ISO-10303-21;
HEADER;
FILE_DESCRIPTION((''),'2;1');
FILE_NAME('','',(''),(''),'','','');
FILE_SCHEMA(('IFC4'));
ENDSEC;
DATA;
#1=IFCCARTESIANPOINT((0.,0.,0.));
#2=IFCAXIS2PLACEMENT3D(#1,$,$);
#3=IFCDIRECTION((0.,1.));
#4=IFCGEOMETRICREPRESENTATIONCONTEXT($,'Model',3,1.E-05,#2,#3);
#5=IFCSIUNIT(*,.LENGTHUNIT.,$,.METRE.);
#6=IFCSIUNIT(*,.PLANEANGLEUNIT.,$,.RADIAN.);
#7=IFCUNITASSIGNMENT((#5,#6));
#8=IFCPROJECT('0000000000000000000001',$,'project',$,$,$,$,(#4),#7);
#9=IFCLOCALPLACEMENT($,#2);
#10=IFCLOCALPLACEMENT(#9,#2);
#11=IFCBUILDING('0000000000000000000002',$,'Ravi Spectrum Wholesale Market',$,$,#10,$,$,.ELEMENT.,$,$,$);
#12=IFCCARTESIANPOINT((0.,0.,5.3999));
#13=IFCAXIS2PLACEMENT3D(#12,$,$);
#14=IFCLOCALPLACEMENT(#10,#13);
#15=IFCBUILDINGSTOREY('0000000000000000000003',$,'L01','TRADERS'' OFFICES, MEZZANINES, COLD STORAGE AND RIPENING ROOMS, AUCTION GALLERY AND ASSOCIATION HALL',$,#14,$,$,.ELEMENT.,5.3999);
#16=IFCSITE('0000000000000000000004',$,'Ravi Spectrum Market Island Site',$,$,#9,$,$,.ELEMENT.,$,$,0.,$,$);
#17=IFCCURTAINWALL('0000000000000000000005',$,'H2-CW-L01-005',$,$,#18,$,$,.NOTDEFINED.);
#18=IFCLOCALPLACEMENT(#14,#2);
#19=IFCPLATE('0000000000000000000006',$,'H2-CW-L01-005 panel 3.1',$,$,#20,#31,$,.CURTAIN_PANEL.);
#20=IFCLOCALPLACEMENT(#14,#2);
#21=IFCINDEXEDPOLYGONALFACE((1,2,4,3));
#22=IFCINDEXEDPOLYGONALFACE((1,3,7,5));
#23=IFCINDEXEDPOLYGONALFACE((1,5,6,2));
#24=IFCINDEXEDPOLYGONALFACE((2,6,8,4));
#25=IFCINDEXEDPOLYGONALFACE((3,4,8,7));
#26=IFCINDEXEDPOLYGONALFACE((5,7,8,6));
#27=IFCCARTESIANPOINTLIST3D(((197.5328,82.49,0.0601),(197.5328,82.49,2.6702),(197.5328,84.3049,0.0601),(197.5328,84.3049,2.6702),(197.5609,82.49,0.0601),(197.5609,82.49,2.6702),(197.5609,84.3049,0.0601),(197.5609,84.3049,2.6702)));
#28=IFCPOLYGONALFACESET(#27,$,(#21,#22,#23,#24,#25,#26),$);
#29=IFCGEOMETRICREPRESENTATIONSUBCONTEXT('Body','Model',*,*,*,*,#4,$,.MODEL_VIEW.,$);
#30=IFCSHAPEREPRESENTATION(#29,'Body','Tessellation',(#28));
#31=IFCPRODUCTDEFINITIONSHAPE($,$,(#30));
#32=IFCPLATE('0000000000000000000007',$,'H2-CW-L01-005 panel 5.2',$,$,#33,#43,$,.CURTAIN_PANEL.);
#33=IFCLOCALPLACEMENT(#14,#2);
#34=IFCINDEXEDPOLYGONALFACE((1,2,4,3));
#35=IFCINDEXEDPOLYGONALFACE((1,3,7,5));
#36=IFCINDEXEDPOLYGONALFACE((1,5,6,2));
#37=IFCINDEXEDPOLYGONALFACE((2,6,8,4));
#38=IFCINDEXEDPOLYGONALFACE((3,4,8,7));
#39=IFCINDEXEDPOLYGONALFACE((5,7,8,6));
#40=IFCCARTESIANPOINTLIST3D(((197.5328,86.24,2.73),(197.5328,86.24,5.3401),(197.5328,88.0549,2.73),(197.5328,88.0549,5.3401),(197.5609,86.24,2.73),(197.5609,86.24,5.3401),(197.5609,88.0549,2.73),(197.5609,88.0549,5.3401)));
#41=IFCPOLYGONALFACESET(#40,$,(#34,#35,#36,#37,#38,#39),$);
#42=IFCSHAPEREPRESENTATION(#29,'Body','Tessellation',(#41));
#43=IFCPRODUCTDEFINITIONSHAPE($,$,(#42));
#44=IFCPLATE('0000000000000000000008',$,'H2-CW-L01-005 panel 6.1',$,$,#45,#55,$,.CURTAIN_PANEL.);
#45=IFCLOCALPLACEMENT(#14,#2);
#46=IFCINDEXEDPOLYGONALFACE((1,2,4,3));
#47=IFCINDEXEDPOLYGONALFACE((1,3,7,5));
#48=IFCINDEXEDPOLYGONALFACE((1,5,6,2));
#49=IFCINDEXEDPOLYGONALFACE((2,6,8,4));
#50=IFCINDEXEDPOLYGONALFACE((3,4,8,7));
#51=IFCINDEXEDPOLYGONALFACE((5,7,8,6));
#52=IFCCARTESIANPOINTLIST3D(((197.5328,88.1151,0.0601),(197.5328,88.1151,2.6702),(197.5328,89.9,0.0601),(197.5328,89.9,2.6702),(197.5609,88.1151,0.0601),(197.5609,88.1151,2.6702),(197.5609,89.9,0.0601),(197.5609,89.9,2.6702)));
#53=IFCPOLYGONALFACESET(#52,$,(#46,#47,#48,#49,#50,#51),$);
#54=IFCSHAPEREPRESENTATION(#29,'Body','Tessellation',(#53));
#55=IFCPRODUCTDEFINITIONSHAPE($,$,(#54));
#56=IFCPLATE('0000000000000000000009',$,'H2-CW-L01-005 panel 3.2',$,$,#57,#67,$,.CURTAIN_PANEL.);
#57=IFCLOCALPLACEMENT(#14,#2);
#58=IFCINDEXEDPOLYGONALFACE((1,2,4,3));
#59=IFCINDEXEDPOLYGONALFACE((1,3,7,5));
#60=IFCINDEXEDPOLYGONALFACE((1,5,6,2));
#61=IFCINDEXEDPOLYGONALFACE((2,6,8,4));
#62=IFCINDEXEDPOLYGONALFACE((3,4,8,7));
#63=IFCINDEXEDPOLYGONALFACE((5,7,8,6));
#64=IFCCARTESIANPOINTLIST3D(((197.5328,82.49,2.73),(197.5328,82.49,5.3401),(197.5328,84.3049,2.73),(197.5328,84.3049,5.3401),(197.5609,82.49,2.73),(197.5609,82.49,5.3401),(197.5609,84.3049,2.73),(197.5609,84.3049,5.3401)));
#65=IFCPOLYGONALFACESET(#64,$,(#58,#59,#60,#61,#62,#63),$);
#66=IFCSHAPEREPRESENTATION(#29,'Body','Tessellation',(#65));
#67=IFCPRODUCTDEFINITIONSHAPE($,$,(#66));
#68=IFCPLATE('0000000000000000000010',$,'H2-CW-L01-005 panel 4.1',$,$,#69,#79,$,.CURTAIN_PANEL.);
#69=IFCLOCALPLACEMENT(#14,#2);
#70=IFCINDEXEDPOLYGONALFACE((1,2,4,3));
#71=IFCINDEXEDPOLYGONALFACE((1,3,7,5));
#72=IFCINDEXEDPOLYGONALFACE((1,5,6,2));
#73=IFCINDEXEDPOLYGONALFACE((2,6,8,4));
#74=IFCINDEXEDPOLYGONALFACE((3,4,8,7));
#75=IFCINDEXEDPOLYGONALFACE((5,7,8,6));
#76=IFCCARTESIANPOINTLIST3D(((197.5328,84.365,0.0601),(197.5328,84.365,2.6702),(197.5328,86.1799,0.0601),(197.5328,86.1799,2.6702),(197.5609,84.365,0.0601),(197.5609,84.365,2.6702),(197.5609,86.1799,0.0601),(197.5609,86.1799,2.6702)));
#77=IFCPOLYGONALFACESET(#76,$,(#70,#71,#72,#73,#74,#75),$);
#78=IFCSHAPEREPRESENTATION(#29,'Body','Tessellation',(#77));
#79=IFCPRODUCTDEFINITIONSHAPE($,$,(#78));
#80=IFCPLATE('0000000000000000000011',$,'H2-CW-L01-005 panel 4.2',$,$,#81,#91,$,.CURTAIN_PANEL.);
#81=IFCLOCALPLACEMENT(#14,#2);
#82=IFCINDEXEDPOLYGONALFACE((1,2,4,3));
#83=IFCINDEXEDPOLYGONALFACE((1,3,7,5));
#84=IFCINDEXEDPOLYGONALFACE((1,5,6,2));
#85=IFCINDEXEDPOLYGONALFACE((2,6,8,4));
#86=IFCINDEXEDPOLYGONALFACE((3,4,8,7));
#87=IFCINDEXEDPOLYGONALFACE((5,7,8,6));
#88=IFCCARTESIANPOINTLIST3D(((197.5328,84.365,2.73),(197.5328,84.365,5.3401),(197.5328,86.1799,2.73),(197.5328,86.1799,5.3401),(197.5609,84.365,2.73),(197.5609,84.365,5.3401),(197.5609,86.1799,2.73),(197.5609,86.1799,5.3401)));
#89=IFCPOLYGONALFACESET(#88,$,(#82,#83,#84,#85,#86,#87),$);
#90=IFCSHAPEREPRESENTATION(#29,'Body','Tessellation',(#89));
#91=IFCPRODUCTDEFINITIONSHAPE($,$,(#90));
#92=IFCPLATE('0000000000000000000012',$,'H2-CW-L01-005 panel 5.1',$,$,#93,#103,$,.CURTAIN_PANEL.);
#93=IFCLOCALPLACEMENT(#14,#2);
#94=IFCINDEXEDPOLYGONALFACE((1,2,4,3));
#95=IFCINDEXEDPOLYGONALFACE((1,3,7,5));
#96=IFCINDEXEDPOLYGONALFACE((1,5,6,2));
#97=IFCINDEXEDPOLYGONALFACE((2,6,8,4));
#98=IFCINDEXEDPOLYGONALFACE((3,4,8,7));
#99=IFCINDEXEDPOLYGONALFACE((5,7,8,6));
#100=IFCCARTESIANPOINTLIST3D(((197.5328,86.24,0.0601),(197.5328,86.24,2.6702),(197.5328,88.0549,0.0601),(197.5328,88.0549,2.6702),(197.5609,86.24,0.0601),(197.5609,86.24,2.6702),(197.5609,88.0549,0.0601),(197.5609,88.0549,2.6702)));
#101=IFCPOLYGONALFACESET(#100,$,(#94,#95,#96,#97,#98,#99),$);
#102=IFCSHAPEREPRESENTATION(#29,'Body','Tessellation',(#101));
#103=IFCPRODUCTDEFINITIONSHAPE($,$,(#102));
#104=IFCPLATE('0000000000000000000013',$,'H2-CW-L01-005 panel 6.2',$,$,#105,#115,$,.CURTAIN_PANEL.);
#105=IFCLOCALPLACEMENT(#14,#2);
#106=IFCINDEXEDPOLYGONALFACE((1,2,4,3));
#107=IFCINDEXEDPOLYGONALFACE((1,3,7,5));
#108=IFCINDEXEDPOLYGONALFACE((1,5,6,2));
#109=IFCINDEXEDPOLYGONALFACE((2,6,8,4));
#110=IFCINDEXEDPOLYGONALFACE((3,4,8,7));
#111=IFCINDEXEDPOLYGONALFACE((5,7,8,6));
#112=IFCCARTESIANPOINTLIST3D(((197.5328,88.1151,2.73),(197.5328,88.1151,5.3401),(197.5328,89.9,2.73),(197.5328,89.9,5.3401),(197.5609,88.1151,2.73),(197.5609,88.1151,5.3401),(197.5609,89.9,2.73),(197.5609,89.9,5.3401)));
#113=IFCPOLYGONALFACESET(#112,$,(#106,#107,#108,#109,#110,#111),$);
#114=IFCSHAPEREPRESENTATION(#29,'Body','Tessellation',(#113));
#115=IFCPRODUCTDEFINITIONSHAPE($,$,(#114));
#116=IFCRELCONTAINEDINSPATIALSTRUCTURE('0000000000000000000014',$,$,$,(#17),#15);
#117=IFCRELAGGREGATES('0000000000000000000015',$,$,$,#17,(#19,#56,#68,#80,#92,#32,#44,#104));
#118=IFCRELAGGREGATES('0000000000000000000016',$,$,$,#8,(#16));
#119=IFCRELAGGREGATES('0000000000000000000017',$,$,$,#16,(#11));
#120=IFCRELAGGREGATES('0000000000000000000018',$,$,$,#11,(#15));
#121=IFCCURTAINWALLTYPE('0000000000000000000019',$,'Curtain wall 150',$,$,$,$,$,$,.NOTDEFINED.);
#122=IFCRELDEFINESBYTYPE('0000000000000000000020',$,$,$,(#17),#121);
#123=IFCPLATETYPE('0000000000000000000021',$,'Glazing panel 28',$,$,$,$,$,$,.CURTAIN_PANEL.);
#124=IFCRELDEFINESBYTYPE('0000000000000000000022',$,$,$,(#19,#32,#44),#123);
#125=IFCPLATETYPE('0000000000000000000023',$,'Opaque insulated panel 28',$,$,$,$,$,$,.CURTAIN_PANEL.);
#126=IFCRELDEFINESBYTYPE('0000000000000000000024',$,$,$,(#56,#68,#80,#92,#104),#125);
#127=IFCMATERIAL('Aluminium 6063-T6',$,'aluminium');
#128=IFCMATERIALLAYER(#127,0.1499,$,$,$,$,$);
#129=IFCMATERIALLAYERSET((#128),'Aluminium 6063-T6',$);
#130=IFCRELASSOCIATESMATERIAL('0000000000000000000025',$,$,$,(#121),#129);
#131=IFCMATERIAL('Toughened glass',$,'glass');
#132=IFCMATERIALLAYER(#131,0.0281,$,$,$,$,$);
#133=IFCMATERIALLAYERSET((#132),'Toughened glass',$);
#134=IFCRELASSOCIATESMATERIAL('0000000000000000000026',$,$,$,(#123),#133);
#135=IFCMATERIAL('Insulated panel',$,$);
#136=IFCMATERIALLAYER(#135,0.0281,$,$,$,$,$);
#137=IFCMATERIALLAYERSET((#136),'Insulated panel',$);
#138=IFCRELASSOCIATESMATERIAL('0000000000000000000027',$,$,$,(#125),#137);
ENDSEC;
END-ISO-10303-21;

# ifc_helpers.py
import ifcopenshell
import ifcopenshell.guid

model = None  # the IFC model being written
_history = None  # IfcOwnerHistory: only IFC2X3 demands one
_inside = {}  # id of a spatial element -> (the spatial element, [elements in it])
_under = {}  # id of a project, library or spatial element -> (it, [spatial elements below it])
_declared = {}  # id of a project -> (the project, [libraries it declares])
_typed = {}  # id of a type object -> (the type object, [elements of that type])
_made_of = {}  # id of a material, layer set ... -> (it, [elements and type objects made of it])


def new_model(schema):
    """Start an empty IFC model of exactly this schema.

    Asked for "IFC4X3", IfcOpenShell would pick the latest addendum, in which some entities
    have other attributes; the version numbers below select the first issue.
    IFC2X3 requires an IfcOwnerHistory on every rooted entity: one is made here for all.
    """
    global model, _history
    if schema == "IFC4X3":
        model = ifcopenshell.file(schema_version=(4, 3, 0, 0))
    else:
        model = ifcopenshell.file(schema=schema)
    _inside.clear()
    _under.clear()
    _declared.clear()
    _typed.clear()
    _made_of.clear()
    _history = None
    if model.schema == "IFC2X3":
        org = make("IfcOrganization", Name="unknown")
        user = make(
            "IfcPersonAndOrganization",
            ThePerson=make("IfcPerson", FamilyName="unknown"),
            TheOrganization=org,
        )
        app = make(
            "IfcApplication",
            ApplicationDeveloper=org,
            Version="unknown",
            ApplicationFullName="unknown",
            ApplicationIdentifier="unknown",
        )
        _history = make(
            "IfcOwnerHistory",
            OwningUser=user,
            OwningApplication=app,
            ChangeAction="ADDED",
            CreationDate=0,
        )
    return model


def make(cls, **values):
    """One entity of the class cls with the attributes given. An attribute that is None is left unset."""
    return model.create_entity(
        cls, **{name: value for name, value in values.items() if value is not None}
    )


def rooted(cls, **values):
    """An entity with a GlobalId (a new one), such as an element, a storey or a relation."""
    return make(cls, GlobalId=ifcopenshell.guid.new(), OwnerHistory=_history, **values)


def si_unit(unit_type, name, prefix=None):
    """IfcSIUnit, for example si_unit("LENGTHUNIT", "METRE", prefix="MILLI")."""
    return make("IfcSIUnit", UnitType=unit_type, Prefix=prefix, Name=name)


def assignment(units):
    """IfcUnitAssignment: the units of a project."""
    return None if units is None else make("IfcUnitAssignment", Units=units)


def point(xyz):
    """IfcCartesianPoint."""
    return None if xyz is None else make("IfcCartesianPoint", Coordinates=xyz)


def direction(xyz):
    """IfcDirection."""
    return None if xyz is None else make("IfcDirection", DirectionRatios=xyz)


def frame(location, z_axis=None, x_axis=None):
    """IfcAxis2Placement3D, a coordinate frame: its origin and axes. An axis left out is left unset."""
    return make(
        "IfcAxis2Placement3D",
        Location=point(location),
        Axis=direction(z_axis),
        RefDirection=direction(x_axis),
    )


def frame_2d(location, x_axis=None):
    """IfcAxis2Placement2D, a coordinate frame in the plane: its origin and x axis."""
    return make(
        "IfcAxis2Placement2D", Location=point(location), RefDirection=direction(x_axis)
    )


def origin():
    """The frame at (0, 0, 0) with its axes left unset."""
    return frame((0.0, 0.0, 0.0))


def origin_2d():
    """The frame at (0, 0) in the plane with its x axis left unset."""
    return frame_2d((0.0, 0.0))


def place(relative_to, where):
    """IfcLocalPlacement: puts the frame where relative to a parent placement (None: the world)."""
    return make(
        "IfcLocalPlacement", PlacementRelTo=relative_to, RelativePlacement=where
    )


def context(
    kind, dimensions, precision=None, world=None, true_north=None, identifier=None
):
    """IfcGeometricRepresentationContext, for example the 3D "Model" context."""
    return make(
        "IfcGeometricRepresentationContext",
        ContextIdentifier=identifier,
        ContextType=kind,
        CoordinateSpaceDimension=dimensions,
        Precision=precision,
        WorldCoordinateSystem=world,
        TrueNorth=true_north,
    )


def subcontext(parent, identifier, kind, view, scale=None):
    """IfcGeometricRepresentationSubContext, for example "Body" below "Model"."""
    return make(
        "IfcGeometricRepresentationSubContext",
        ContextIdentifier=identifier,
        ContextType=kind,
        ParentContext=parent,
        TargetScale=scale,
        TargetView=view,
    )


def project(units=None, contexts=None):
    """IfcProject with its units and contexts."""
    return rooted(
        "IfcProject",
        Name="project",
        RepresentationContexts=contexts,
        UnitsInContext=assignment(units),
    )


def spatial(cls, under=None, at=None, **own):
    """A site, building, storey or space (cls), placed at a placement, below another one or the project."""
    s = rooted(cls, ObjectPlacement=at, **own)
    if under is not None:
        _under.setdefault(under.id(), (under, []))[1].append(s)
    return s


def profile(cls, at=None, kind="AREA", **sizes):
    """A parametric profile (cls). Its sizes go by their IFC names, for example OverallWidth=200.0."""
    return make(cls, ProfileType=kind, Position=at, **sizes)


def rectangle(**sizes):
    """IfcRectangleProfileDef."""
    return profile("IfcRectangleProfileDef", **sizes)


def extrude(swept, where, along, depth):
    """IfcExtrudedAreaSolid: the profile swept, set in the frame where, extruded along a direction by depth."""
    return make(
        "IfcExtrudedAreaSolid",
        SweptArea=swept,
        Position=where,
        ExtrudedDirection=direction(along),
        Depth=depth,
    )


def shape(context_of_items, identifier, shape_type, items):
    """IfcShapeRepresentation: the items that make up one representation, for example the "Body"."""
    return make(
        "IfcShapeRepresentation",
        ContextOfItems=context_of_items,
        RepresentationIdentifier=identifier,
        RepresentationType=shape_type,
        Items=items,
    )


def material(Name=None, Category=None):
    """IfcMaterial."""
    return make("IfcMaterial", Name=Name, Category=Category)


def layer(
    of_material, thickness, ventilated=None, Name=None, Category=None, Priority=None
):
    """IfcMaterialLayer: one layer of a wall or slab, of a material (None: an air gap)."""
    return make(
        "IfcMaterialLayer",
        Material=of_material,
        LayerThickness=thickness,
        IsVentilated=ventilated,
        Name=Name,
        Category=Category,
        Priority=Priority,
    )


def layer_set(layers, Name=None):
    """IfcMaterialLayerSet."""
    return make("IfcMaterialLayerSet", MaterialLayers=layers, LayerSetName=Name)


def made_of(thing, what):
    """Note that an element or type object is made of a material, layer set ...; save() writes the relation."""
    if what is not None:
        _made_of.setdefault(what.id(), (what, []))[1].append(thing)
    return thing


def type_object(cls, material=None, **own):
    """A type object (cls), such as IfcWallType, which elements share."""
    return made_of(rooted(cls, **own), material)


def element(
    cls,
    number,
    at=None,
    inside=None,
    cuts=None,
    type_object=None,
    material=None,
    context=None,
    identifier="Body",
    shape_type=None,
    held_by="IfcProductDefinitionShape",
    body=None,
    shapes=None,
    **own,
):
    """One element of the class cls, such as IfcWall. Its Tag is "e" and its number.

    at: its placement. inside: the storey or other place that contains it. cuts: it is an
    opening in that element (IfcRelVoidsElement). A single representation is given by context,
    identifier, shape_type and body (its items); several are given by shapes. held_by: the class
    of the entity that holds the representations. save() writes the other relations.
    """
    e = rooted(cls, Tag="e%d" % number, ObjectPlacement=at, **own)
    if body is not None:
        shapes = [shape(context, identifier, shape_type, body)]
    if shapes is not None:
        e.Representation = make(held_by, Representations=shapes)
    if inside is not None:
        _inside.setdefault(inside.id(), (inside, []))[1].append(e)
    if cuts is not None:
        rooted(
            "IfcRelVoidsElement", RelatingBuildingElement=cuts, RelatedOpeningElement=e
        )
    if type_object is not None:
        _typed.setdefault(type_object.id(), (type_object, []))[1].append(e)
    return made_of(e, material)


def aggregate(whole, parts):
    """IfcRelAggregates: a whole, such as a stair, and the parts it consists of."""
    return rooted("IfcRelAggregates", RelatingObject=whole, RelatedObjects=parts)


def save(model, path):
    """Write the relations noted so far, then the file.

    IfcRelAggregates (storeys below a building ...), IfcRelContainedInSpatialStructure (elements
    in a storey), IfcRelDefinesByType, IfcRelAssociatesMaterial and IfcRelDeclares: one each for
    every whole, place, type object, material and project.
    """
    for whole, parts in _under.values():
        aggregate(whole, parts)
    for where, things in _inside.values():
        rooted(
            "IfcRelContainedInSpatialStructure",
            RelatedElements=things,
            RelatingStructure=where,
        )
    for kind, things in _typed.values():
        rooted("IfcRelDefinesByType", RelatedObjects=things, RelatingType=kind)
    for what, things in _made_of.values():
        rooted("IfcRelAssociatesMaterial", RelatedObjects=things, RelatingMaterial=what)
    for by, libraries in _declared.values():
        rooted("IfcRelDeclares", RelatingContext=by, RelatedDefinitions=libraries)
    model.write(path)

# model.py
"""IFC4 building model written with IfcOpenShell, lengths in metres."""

from ifc_helpers import new_model, si_unit, direction, frame, origin, origin_2d, place, context, subcontext, project, spatial, rectangle, extrude, material, layer, layer_set, type_object, element, aggregate, save


model = new_model("IFC4")

# Units and contexts
model_context = context("Model", 3, precision=1e-05, world=origin(), true_north=direction((0.0, 1.0)))
body_context = subcontext(model_context, "Body", "Model", "MODEL_VIEW")
ifc_project = project(units=[si_unit("LENGTHUNIT", "METRE"), si_unit("PLANEANGLEUNIT", "RADIAN")], contexts=[model_context])

# Site, building, storey
site_placement = place(None, origin())
site = spatial("IfcSite", under=ifc_project, at=site_placement, Name="Ravi Spectrum Market Island Site", CompositionType="ELEMENT", RefElevation=0.0)
building_placement = place(site_placement, origin())
building = spatial("IfcBuilding", under=site, at=building_placement, Name="Ravi Spectrum Wholesale Market", CompositionType="ELEMENT")
storey_placement = place(building_placement, frame((0.0, 0.0, 5.3999)))
storey = spatial("IfcBuildingStorey", under=building, at=storey_placement, Name="L01", Description="TRADERS' OFFICES, MEZZANINES, COLD STORAGE AND RIPENING ROOMS, AUCTION GALLERY AND ASSOCIATION HALL", CompositionType="ELEMENT", Elevation=5.3999)

# Curtain wall
ifc_material_1 = material(Name="Aluminium 6063-T6", Category="aluminium")
ifc_layer_1 = layer(ifc_material_1, 0.1499)
ifc_layer_set_1 = layer_set([ifc_layer_1], Name="Aluminium 6063-T6")
curtain_wall_type = type_object("IfcCurtainWallType", Name="Curtain wall 150", PredefinedType="NOTDEFINED", material=ifc_layer_set_1)
curtain_wall_1_placement = place(storey_placement, origin())
curtain_wall_1 = element("IfcCurtainWall", 1, at=curtain_wall_1_placement, inside=storey, type_object=curtain_wall_type, Name="H2-CW-L01-005", PredefinedType="NOTDEFINED")

# Plates
ifc_material_2 = material(Name="Toughened glass", Category="glass")
ifc_layer_2 = layer(ifc_material_2, 0.0281)
ifc_layer_set_2 = layer_set([ifc_layer_2], Name="Toughened glass")
plate_type_1 = type_object("IfcPlateType", Name="Glazing panel 28", PredefinedType="CURTAIN_PANEL", material=ifc_layer_set_2)
plate_1_placement = place(storey_placement, frame((197.5469, 83.3975, 0.0601), z_axis=(0.0, 0.0, 1.0), x_axis=(0.0, 1.0, 0.0)))
plate_1 = element("IfcPlate", 2, at=plate_1_placement, type_object=plate_type_1, Name="H2-CW-L01-005 panel 3.1", PredefinedType="CURTAIN_PANEL", context=body_context, shape_type="SweptSolid", body=[
    extrude(rectangle(XDim=1.8149, YDim=0.0281, at=origin_2d()), origin(), (0.0, 0.0, 1.0), 2.6101),
])
plate_2_placement = place(storey_placement, frame((197.5469, 87.1475, 2.73), z_axis=(0.0, 0.0, 1.0), x_axis=(0.0, 1.0, 0.0)))
plate_2 = element("IfcPlate", 3, at=plate_2_placement, type_object=plate_type_1, Name="H2-CW-L01-005 panel 5.2", PredefinedType="CURTAIN_PANEL", context=body_context, shape_type="SweptSolid", body=[
    extrude(rectangle(XDim=1.8149, YDim=0.0281, at=origin_2d()), origin(), (0.0, 0.0, 1.0), 2.6101),
])
plate_3_placement = place(storey_placement, frame((197.5469, 89.0076, 0.0601), z_axis=(0.0, 0.0, 1.0), x_axis=(0.0, 1.0, 0.0)))
plate_3 = element("IfcPlate", 4, at=plate_3_placement, type_object=plate_type_1, Name="H2-CW-L01-005 panel 6.1", PredefinedType="CURTAIN_PANEL", context=body_context, shape_type="SweptSolid", body=[
    extrude(rectangle(XDim=1.7849, YDim=0.0281, at=origin_2d()), origin(), (0.0, 0.0, 1.0), 2.6101),
])
ifc_material_3 = material(Name="Insulated panel")
ifc_layer_3 = layer(ifc_material_3, 0.0281)
ifc_layer_set_3 = layer_set([ifc_layer_3], Name="Insulated panel")
plate_type_2 = type_object("IfcPlateType", Name="Opaque insulated panel 28", PredefinedType="CURTAIN_PANEL", material=ifc_layer_set_3)
plate_4_placement = place(storey_placement, frame((197.5469, 83.3975, 2.73), z_axis=(0.0, 0.0, 1.0), x_axis=(0.0, 1.0, 0.0)))
plate_4 = element("IfcPlate", 5, at=plate_4_placement, type_object=plate_type_2, Name="H2-CW-L01-005 panel 3.2", PredefinedType="CURTAIN_PANEL", context=body_context, shape_type="SweptSolid", body=[
    extrude(rectangle(XDim=1.8149, YDim=0.0281, at=origin_2d()), origin(), (0.0, 0.0, 1.0), 2.6101),
])
plate_5_placement = place(storey_placement, frame((197.5469, 85.2725, 0.0601), z_axis=(0.0, 0.0, 1.0), x_axis=(0.0, 1.0, 0.0)))
plate_5 = element("IfcPlate", 6, at=plate_5_placement, type_object=plate_type_2, Name="H2-CW-L01-005 panel 4.1", PredefinedType="CURTAIN_PANEL", context=body_context, shape_type="SweptSolid", body=[
    extrude(rectangle(XDim=1.8149, YDim=0.0281, at=origin_2d()), origin(), (0.0, 0.0, 1.0), 2.6101),
])
plate_6_placement = place(storey_placement, frame((197.5469, 85.2725, 2.73), z_axis=(0.0, 0.0, 1.0), x_axis=(0.0, 1.0, 0.0)))
plate_6 = element("IfcPlate", 7, at=plate_6_placement, type_object=plate_type_2, Name="H2-CW-L01-005 panel 4.2", PredefinedType="CURTAIN_PANEL", context=body_context, shape_type="SweptSolid", body=[
    extrude(rectangle(XDim=1.8149, YDim=0.0281, at=origin_2d()), origin(), (0.0, 0.0, 1.0), 2.6101),
])
plate_7_placement = place(storey_placement, frame((197.5469, 87.1475, 0.0601), z_axis=(0.0, 0.0, 1.0), x_axis=(0.0, 1.0, 0.0)))
plate_7 = element("IfcPlate", 8, at=plate_7_placement, type_object=plate_type_2, Name="H2-CW-L01-005 panel 5.1", PredefinedType="CURTAIN_PANEL", context=body_context, shape_type="SweptSolid", body=[
    extrude(rectangle(XDim=1.8149, YDim=0.0281, at=origin_2d()), origin(), (0.0, 0.0, 1.0), 2.6101),
])
plate_8_placement = place(storey_placement, frame((197.5469, 89.0076, 2.73), z_axis=(0.0, 0.0, 1.0), x_axis=(0.0, 1.0, 0.0)))
plate_8 = element("IfcPlate", 9, at=plate_8_placement, type_object=plate_type_2, Name="H2-CW-L01-005 panel 6.2", PredefinedType="CURTAIN_PANEL", context=body_context, shape_type="SweptSolid", body=[
    extrude(rectangle(XDim=1.7849, YDim=0.0281, at=origin_2d()), origin(), (0.0, 0.0, 1.0), 2.6101),
])
aggregate(curtain_wall_1, [plate_1, plate_4, plate_5, plate_6, plate_7, plate_2, plate_3, plate_8])

save(model, "model.ifc")
